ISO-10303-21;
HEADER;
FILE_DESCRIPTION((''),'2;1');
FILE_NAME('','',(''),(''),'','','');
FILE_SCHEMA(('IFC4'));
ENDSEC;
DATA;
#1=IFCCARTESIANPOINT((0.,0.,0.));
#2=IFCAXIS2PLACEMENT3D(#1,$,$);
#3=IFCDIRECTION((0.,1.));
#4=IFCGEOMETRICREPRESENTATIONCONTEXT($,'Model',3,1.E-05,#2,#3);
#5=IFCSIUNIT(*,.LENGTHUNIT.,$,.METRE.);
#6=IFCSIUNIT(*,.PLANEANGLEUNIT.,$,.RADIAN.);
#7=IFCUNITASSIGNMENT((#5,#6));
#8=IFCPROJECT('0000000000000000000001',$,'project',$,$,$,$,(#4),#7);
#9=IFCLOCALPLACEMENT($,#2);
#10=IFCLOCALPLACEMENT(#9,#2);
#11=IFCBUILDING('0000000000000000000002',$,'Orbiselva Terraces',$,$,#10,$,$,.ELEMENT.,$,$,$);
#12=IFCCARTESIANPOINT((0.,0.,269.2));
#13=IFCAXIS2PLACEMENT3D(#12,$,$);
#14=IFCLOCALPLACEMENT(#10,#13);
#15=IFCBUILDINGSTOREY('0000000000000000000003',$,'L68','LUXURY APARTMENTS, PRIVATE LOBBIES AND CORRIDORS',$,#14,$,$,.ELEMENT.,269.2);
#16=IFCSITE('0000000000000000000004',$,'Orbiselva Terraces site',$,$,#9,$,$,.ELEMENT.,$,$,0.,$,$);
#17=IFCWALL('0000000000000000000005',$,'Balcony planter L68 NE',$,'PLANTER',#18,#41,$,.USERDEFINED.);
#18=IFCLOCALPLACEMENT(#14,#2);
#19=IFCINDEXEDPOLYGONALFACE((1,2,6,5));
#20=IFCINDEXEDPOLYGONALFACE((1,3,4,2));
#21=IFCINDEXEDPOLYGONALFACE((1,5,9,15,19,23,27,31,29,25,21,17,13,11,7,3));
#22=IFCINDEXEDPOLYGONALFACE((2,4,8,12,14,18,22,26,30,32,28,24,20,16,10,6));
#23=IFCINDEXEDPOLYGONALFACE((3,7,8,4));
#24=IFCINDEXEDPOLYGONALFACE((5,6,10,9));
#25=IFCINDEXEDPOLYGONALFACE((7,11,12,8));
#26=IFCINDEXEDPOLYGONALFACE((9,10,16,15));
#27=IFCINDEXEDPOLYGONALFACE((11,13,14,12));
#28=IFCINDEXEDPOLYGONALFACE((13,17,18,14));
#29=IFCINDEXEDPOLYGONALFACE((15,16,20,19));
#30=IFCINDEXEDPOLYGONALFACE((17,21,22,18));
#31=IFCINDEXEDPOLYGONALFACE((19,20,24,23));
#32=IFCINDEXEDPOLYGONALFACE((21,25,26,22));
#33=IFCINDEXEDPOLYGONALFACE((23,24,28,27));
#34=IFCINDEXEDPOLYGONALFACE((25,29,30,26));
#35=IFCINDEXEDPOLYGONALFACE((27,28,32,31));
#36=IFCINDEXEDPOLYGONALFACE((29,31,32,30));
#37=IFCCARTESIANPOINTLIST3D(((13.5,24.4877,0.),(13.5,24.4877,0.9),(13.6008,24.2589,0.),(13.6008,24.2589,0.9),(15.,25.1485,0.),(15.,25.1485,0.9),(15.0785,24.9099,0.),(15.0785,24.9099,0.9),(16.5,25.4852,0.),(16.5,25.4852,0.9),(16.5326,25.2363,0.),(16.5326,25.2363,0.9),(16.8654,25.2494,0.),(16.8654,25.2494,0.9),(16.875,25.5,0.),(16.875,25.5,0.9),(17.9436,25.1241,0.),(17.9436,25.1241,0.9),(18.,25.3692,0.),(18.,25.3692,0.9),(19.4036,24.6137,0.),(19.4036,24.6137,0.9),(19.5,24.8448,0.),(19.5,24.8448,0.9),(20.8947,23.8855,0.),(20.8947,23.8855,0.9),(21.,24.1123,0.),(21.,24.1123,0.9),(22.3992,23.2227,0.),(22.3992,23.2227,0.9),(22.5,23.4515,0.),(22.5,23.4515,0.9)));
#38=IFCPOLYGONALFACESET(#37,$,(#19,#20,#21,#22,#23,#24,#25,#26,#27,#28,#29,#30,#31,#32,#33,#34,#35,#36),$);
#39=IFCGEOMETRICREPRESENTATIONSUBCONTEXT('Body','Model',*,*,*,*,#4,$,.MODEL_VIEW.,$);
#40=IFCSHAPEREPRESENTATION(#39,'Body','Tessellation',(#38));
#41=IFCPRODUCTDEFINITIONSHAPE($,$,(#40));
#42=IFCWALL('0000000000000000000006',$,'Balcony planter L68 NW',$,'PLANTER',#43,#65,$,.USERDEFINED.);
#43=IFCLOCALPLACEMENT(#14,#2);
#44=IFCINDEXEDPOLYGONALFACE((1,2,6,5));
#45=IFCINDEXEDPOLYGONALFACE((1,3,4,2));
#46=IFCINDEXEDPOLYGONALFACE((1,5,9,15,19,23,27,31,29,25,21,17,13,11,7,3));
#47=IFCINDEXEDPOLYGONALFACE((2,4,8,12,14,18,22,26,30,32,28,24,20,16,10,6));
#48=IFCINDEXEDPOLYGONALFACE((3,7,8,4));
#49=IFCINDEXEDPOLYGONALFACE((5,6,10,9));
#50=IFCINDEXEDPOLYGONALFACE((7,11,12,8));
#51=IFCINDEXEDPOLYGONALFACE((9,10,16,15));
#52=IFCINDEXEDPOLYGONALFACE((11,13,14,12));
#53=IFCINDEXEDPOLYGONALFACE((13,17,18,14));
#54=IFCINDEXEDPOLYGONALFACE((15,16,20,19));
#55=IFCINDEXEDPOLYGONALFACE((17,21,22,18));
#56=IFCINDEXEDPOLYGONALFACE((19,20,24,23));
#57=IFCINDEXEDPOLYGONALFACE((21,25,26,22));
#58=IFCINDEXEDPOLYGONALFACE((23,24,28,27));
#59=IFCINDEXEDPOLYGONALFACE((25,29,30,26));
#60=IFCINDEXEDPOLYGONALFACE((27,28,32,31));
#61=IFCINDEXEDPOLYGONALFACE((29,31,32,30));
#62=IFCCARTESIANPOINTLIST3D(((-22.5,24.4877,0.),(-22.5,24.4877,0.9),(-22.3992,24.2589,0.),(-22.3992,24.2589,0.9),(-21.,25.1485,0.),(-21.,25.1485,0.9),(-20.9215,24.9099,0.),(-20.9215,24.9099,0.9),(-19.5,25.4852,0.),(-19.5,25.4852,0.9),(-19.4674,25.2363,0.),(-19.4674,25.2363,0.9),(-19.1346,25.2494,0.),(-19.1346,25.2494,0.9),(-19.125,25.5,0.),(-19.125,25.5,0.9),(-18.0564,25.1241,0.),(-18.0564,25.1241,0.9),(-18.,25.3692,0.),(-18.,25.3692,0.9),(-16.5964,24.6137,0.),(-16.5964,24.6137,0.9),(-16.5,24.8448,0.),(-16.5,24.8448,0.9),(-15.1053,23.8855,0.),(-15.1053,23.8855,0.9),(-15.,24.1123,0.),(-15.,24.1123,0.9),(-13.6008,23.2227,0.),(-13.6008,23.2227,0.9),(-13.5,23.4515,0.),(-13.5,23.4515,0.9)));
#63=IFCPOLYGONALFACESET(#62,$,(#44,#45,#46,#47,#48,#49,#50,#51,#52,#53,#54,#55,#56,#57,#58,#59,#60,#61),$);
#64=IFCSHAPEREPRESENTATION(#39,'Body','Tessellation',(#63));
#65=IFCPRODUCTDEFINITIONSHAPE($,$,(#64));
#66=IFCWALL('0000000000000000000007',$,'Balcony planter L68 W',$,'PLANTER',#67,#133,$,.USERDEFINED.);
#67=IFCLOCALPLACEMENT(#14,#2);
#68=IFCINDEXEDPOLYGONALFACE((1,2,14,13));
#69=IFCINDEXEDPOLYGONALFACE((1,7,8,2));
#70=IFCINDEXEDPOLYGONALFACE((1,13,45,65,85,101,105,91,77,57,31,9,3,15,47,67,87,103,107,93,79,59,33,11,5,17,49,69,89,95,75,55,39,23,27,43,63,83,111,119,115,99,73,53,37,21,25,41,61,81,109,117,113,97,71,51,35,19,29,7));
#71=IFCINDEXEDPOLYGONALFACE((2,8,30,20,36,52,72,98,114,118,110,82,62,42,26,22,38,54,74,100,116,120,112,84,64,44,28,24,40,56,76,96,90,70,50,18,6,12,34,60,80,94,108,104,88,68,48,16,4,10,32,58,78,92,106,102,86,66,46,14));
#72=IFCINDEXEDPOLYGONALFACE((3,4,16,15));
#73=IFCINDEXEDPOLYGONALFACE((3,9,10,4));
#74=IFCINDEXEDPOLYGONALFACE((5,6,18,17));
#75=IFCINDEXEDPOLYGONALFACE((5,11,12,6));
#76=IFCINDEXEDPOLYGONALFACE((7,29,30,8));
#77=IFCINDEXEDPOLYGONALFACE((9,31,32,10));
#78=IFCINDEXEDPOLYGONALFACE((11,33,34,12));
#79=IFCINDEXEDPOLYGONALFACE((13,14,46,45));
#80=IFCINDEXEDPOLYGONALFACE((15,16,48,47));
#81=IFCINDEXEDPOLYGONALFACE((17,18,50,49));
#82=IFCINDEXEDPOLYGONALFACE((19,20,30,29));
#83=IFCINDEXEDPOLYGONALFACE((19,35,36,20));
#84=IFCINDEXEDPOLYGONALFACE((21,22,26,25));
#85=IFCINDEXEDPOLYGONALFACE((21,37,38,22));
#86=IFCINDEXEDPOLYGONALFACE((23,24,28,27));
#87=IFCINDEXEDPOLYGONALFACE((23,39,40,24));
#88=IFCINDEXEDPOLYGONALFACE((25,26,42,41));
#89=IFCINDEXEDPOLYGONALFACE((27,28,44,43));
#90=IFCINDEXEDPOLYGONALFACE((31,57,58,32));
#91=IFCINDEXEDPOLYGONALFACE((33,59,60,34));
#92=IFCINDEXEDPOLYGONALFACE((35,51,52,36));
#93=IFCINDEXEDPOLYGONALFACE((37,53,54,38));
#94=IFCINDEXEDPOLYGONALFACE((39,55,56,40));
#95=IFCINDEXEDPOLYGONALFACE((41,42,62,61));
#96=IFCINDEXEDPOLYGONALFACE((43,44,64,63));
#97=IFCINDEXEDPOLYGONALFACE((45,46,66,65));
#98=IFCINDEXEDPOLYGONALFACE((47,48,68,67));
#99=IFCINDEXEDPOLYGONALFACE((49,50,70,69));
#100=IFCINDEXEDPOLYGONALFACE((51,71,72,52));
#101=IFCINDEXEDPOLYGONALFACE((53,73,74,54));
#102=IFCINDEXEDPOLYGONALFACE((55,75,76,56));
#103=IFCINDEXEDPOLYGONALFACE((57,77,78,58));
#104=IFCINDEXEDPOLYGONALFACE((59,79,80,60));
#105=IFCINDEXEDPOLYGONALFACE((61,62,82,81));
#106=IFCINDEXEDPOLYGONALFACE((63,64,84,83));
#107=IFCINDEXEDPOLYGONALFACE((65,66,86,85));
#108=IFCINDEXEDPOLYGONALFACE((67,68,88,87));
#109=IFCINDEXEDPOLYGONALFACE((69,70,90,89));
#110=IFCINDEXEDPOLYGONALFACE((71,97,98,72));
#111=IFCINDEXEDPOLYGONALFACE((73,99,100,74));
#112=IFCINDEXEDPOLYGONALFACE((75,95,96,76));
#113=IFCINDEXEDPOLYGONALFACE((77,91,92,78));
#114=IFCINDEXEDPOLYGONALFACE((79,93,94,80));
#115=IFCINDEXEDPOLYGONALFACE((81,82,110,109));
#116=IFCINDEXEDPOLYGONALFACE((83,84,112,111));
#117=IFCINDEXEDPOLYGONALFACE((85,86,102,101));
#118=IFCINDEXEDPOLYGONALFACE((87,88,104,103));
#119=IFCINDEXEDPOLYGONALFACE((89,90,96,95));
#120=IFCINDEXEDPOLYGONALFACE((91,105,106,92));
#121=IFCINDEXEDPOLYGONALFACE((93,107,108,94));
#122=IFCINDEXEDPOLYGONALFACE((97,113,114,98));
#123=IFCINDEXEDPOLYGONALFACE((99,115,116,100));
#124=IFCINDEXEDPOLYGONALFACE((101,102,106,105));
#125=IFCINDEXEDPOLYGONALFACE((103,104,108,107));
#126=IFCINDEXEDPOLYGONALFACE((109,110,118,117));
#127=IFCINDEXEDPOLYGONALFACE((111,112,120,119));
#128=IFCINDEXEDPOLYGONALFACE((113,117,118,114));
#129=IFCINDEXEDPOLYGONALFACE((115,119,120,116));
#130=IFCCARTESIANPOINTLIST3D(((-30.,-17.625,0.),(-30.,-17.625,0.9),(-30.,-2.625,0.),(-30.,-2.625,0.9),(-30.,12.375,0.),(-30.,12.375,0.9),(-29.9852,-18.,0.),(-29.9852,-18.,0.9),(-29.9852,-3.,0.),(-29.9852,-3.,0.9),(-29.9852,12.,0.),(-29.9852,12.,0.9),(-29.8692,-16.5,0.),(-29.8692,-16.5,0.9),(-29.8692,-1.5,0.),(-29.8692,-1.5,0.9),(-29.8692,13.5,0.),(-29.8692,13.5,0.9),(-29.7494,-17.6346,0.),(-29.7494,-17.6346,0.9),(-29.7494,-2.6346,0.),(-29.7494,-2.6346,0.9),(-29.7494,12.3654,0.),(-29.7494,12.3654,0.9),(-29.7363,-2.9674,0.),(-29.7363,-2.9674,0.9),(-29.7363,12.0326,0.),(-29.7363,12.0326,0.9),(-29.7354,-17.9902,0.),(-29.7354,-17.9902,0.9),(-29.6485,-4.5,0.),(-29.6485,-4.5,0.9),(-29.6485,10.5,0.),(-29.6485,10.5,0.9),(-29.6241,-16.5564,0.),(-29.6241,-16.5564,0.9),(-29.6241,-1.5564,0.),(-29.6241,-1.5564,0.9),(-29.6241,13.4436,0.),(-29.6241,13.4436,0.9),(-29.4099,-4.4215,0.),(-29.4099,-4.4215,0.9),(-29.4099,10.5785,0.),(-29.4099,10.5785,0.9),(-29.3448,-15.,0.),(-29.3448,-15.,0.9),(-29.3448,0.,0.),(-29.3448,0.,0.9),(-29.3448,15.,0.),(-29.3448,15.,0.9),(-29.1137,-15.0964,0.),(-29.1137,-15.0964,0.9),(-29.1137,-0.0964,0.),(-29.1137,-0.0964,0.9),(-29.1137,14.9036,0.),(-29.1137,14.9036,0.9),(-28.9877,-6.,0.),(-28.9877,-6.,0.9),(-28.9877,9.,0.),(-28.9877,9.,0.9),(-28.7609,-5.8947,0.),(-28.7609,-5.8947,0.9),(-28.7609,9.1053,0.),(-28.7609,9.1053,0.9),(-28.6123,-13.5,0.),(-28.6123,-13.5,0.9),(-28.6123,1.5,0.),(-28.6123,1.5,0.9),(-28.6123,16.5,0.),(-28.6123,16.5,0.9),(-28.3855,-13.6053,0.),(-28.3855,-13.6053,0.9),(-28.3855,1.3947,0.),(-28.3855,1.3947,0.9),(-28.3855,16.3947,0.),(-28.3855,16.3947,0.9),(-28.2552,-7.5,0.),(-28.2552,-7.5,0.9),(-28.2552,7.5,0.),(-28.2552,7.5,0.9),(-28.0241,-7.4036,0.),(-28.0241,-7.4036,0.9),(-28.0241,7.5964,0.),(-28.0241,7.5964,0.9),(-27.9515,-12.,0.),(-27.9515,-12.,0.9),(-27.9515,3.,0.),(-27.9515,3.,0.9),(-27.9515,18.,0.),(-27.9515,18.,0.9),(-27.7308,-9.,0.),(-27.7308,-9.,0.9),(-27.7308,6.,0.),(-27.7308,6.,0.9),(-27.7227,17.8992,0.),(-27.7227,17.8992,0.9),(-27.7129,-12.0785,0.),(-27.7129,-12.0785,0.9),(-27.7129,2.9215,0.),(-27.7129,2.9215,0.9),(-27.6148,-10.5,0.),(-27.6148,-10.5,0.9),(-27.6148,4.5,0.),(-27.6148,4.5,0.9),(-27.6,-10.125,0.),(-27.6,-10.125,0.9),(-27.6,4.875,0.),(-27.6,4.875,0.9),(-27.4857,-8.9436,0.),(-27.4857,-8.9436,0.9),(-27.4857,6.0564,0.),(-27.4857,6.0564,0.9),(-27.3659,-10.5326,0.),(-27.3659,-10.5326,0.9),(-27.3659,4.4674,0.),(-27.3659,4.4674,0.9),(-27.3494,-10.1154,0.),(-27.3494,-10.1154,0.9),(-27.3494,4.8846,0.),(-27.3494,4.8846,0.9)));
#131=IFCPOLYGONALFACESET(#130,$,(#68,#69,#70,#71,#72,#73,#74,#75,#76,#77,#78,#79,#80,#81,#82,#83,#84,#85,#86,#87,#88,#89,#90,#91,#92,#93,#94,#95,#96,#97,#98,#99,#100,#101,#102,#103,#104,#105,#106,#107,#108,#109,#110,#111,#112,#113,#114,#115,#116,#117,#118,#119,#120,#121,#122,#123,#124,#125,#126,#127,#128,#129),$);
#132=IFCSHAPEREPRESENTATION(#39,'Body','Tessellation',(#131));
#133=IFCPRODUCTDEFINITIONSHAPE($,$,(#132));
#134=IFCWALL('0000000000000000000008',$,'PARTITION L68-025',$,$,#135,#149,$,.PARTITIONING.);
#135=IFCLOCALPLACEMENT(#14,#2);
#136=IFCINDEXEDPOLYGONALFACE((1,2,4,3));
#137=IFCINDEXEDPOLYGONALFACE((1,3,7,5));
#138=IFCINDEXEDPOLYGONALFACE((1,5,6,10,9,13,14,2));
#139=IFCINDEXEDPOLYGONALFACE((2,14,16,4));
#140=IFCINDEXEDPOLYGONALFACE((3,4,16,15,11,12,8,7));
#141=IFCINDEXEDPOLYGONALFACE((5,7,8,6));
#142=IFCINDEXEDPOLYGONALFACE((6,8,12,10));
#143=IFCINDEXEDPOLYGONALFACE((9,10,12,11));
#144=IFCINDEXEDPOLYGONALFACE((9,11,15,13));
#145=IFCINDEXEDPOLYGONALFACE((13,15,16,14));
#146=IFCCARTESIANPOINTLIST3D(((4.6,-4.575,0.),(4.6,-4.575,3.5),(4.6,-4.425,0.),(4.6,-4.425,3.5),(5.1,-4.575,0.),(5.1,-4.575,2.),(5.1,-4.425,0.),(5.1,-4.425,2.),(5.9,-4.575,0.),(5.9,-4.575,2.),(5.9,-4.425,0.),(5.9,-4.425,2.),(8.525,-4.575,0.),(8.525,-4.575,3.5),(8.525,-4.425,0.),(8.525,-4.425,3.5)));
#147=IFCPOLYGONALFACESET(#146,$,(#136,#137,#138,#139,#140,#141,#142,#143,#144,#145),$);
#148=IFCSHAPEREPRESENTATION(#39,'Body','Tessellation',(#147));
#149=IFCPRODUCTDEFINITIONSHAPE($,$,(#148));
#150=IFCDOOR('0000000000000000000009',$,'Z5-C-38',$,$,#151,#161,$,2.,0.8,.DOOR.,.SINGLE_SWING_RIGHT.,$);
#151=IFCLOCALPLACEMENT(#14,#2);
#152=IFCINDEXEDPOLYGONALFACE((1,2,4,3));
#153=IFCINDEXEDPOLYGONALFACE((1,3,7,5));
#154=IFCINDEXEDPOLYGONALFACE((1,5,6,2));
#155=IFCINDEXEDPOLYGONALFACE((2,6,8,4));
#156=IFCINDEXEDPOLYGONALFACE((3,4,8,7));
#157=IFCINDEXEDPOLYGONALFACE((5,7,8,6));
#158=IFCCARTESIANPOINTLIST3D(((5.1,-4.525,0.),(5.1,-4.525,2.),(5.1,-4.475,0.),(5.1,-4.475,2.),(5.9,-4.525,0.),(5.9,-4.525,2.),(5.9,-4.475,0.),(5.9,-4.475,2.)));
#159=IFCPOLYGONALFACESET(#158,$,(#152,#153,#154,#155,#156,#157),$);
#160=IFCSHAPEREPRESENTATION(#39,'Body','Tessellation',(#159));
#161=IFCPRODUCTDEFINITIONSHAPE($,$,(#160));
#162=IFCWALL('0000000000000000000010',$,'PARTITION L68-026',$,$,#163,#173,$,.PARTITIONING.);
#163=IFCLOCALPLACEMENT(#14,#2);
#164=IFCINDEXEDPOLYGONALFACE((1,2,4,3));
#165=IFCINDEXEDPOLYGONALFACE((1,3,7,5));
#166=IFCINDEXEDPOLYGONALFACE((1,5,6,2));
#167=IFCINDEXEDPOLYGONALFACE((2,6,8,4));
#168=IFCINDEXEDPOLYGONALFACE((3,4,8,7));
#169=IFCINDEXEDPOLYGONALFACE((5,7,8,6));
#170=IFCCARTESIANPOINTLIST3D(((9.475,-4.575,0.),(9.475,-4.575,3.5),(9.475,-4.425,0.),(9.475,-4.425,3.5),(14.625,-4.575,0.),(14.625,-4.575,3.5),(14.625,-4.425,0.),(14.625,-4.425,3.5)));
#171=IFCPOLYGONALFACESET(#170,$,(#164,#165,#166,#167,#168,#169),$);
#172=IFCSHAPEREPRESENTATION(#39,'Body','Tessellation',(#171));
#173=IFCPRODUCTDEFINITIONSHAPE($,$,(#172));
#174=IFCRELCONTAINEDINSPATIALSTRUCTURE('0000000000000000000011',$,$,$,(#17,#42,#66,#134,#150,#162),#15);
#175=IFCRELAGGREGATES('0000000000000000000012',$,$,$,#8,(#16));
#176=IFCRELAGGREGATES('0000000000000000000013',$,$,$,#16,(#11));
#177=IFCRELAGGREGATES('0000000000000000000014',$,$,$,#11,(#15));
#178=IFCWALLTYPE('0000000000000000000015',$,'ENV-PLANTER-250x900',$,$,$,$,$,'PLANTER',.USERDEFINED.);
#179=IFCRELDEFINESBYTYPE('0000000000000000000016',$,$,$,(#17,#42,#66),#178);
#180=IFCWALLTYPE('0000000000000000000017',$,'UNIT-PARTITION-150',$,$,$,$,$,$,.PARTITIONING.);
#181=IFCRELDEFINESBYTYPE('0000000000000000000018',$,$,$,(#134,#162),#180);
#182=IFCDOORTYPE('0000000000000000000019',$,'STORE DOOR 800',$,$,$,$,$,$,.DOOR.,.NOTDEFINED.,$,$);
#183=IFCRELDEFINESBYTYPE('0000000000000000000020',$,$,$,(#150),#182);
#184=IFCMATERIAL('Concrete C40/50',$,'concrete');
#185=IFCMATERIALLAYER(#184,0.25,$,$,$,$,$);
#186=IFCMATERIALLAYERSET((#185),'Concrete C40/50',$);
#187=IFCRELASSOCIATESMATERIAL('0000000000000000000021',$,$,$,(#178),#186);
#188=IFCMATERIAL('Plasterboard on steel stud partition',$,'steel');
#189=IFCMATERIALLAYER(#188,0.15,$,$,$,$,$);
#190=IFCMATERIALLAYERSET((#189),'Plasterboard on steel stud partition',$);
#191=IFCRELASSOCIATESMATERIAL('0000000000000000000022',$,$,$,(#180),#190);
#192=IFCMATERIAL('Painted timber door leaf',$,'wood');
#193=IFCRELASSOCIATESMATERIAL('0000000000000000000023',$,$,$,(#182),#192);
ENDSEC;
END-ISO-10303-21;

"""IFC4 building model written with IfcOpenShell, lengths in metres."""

from ifc_helpers import new_model, si_unit, direction, frame, frame_2d, origin, place, context, subcontext, project, spatial, polyline, rectangle, outline, extrude, material, layer, layer_set, type_object, element, fill, save


model = new_model("IFC4")

# Units and contexts
model_context = context("Model", 3, precision=1e-05, world=origin(), true_north=direction((0.0, 1.0)))
body_context = subcontext(model_context, "Body", "Model", "MODEL_VIEW")
ifc_project = project(units=[si_unit("LENGTHUNIT", "METRE"), si_unit("PLANEANGLEUNIT", "RADIAN")], contexts=[model_context])

# Site, building, storey
site_placement = place(None, origin())
site = spatial("IfcSite", under=ifc_project, at=site_placement, Name="Orbiselva Terraces site", CompositionType="ELEMENT", RefElevation=0.0)
building_placement = place(site_placement, origin())
building = spatial("IfcBuilding", under=site, at=building_placement, Name="Orbiselva Terraces", CompositionType="ELEMENT")
storey_placement = place(building_placement, frame((0.0, 0.0, 269.2)))
storey = spatial("IfcBuildingStorey", under=building, at=storey_placement, Name="L68", Description="LUXURY APARTMENTS, PRIVATE LOBBIES AND CORRIDORS", CompositionType="ELEMENT", Elevation=269.2)

# Shared definitions
ifc_material_1 = material(Name="Concrete C40/50", Category="concrete")

# Walls
ifc_layer_1 = layer(ifc_material_1, 0.25)
ifc_layer_set_1 = layer_set([ifc_layer_1], Name="Concrete C40/50")
wall_type_1 = type_object("IfcWallType", Name="ENV-PLANTER-250x900", ElementType="PLANTER", PredefinedType="USERDEFINED", material=ifc_layer_set_1)
wall_1_placement = place(storey_placement, origin())
element("IfcWall", 1, at=wall_1_placement, inside=storey, type_object=wall_type_1, Name="Balcony planter L68 NE", ObjectType="PLANTER", PredefinedType="USERDEFINED", context=body_context, shape_type="SweptSolid", body=[
    extrude(outline(polyline([(22.5, 23.4515), (21.0, 24.1123), (19.5, 24.8448), (18.0, 25.3692), (16.875, 25.5), (16.5, 25.4852), (15.0, 25.1485), (13.5, 24.4877), (13.6008, 24.2589), (15.0785, 24.9099), (16.5326, 25.2363), (16.8654, 25.2494), (17.9436, 25.1241), (19.4036, 24.6137), (20.8947, 23.8855), (22.3992, 23.2227), (22.5, 23.4515)])), origin(), (0.0, 0.0, 1.0), 0.9),
])
wall_2_placement = place(storey_placement, origin())
element("IfcWall", 2, at=wall_2_placement, inside=storey, type_object=wall_type_1, Name="Balcony planter L68 NW", ObjectType="PLANTER", PredefinedType="USERDEFINED", context=body_context, shape_type="SweptSolid", body=[
    extrude(outline(polyline([(-13.5, 23.4515), (-15.0, 24.1123), (-16.5, 24.8448), (-18.0, 25.3692), (-19.125, 25.5), (-19.5, 25.4852), (-21.0, 25.1485), (-22.5, 24.4877), (-22.3992, 24.2589), (-20.9215, 24.9099), (-19.4674, 25.2363), (-19.1346, 25.2494), (-18.0564, 25.1241), (-16.5964, 24.6137), (-15.1053, 23.8855), (-13.6008, 23.2227), (-13.5, 23.4515)])), origin(), (0.0, 0.0, 1.0), 0.9),
])
wall_3_placement = place(storey_placement, origin())
element("IfcWall", 3, at=wall_3_placement, inside=storey, type_object=wall_type_1, Name="Balcony planter L68 W", ObjectType="PLANTER", PredefinedType="USERDEFINED", context=body_context, shape_type="SweptSolid", body=[
    extrude(outline(polyline([(-27.9515, 18.0), (-28.6123, 16.5), (-29.3448, 15.0), (-29.8692, 13.5), (-30.0, 12.375), (-29.9852, 12.0), (-29.6485, 10.5), (-28.9877, 9.0), (-28.2552, 7.5), (-27.7308, 6.0), (-27.6, 4.875), (-27.6148, 4.5), (-27.9515, 3.0), (-28.6123, 1.5), (-29.3448, 0.0), (-29.8692, -1.5), (-30.0, -2.625), (-29.9852, -3.0), (-29.6485, -4.5), (-28.9877, -6.0), (-28.2552, -7.5), (-27.7308, -9.0), (-27.6, -10.125), (-27.6148, -10.5), (-27.9515, -12.0), (-28.6123, -13.5), (-29.3448, -15.0), (-29.8692, -16.5), (-30.0, -17.625), (-29.9852, -18.0), (-29.7354, -17.9902), (-29.7494, -17.6346), (-29.6241, -16.5564), (-29.1137, -15.0964), (-28.3855, -13.6053), (-27.7129, -12.0785), (-27.3659, -10.5326), (-27.3494, -10.1154), (-27.4857, -8.9436), (-28.0241, -7.4036), (-28.7609, -5.8947), (-29.4099, -4.4215), (-29.7363, -2.9674), (-29.7494, -2.6346), (-29.6241, -1.5564), (-29.1137, -0.0964), (-28.3855, 1.3947), (-27.7129, 2.9215), (-27.3659, 4.4674), (-27.3494, 4.8846), (-27.4857, 6.0564), (-28.0241, 7.5964), (-28.7609, 9.1053), (-29.4099, 10.5785), (-29.7363, 12.0326), (-29.7494, 12.3654), (-29.6241, 13.4436), (-29.1137, 14.9036), (-28.3855, 16.3947), (-27.7227, 17.8992), (-27.9515, 18.0)])), origin(), (0.0, 0.0, 1.0), 0.9),
])

# Wall, opening, door
ifc_material_2 = material(Name="Plasterboard on steel stud partition", Category="steel")
ifc_layer_2 = layer(ifc_material_2, 0.15)
ifc_layer_set_2 = layer_set([ifc_layer_2], Name="Plasterboard on steel stud partition")
wall_type_2 = type_object("IfcWallType", Name="UNIT-PARTITION-150", PredefinedType="PARTITIONING", material=ifc_layer_set_2)
wall_4_placement = place(storey_placement, frame((8.525, -4.5, 0.0), z_axis=(0.0, 0.0, 1.0), x_axis=(-1.0, 0.0, 0.0)))
wall_4 = element("IfcWall", 4, at=wall_4_placement, inside=storey, type_object=wall_type_2, Name="PARTITION L68-025", PredefinedType="PARTITIONING", context=body_context, shape_type="SweptSolid", body=[
    extrude(rectangle(XDim=3.925, YDim=0.15, at=frame_2d((1.9625, 0.0))), origin(), (0.0, 0.0, 1.0), 3.5),
])
opening_placement = place(wall_4_placement, frame((2.625, 0.0, 0.0)))
opening = element("IfcOpeningElement", 5, at=opening_placement, cuts=wall_4, PredefinedType="OPENING", context=body_context, shape_type="SweptSolid", body=[
    extrude(rectangle(XDim=0.8, YDim=2.0, at=frame_2d((0.4, 1.0))), frame((0.0, 0.085, 0.0), z_axis=(0.0, -1.0, 0.0), x_axis=(1.0, 0.0, 0.0)), (0.0, 0.0, 1.0), 0.17),
])
ifc_material_3 = material(Name="Painted timber door leaf", Category="wood")
door_type = type_object("IfcDoorType", Name="STORE DOOR 800", OperationType="NOTDEFINED", PredefinedType="DOOR", material=ifc_material_3)
door_placement = place(opening_placement, origin())
door = element("IfcDoor", 6, at=door_placement, inside=storey, type_object=door_type, Name="Z5-C-38", OperationType="SINGLE_SWING_RIGHT", OverallHeight=2.0, OverallWidth=0.8, PredefinedType="DOOR", context=body_context, shape_type="SweptSolid", body=[
    extrude(rectangle(XDim=0.8, YDim=2.0, at=frame_2d((0.4, 1.0))), frame((0.0, 0.025, 0.0), z_axis=(0.0, -1.0, 0.0), x_axis=(1.0, 0.0, 0.0)), (0.0, 0.0, 1.0), 0.05),
])
fill(opening, door)

# Wall
wall_5_placement = place(storey_placement, frame((9.475, -4.5, 0.0), z_axis=(0.0, 0.0, 1.0), x_axis=(1.0, 0.0, 0.0)))
element("IfcWall", 7, at=wall_5_placement, inside=storey, type_object=wall_type_2, Name="PARTITION L68-026", PredefinedType="PARTITIONING", context=body_context, shape_type="SweptSolid", body=[
    extrude(rectangle(XDim=5.15, YDim=0.15, at=frame_2d((2.575, 0.0))), origin(), (0.0, 0.0, 1.0), 3.5),
])

save(model, "model.ifc")
